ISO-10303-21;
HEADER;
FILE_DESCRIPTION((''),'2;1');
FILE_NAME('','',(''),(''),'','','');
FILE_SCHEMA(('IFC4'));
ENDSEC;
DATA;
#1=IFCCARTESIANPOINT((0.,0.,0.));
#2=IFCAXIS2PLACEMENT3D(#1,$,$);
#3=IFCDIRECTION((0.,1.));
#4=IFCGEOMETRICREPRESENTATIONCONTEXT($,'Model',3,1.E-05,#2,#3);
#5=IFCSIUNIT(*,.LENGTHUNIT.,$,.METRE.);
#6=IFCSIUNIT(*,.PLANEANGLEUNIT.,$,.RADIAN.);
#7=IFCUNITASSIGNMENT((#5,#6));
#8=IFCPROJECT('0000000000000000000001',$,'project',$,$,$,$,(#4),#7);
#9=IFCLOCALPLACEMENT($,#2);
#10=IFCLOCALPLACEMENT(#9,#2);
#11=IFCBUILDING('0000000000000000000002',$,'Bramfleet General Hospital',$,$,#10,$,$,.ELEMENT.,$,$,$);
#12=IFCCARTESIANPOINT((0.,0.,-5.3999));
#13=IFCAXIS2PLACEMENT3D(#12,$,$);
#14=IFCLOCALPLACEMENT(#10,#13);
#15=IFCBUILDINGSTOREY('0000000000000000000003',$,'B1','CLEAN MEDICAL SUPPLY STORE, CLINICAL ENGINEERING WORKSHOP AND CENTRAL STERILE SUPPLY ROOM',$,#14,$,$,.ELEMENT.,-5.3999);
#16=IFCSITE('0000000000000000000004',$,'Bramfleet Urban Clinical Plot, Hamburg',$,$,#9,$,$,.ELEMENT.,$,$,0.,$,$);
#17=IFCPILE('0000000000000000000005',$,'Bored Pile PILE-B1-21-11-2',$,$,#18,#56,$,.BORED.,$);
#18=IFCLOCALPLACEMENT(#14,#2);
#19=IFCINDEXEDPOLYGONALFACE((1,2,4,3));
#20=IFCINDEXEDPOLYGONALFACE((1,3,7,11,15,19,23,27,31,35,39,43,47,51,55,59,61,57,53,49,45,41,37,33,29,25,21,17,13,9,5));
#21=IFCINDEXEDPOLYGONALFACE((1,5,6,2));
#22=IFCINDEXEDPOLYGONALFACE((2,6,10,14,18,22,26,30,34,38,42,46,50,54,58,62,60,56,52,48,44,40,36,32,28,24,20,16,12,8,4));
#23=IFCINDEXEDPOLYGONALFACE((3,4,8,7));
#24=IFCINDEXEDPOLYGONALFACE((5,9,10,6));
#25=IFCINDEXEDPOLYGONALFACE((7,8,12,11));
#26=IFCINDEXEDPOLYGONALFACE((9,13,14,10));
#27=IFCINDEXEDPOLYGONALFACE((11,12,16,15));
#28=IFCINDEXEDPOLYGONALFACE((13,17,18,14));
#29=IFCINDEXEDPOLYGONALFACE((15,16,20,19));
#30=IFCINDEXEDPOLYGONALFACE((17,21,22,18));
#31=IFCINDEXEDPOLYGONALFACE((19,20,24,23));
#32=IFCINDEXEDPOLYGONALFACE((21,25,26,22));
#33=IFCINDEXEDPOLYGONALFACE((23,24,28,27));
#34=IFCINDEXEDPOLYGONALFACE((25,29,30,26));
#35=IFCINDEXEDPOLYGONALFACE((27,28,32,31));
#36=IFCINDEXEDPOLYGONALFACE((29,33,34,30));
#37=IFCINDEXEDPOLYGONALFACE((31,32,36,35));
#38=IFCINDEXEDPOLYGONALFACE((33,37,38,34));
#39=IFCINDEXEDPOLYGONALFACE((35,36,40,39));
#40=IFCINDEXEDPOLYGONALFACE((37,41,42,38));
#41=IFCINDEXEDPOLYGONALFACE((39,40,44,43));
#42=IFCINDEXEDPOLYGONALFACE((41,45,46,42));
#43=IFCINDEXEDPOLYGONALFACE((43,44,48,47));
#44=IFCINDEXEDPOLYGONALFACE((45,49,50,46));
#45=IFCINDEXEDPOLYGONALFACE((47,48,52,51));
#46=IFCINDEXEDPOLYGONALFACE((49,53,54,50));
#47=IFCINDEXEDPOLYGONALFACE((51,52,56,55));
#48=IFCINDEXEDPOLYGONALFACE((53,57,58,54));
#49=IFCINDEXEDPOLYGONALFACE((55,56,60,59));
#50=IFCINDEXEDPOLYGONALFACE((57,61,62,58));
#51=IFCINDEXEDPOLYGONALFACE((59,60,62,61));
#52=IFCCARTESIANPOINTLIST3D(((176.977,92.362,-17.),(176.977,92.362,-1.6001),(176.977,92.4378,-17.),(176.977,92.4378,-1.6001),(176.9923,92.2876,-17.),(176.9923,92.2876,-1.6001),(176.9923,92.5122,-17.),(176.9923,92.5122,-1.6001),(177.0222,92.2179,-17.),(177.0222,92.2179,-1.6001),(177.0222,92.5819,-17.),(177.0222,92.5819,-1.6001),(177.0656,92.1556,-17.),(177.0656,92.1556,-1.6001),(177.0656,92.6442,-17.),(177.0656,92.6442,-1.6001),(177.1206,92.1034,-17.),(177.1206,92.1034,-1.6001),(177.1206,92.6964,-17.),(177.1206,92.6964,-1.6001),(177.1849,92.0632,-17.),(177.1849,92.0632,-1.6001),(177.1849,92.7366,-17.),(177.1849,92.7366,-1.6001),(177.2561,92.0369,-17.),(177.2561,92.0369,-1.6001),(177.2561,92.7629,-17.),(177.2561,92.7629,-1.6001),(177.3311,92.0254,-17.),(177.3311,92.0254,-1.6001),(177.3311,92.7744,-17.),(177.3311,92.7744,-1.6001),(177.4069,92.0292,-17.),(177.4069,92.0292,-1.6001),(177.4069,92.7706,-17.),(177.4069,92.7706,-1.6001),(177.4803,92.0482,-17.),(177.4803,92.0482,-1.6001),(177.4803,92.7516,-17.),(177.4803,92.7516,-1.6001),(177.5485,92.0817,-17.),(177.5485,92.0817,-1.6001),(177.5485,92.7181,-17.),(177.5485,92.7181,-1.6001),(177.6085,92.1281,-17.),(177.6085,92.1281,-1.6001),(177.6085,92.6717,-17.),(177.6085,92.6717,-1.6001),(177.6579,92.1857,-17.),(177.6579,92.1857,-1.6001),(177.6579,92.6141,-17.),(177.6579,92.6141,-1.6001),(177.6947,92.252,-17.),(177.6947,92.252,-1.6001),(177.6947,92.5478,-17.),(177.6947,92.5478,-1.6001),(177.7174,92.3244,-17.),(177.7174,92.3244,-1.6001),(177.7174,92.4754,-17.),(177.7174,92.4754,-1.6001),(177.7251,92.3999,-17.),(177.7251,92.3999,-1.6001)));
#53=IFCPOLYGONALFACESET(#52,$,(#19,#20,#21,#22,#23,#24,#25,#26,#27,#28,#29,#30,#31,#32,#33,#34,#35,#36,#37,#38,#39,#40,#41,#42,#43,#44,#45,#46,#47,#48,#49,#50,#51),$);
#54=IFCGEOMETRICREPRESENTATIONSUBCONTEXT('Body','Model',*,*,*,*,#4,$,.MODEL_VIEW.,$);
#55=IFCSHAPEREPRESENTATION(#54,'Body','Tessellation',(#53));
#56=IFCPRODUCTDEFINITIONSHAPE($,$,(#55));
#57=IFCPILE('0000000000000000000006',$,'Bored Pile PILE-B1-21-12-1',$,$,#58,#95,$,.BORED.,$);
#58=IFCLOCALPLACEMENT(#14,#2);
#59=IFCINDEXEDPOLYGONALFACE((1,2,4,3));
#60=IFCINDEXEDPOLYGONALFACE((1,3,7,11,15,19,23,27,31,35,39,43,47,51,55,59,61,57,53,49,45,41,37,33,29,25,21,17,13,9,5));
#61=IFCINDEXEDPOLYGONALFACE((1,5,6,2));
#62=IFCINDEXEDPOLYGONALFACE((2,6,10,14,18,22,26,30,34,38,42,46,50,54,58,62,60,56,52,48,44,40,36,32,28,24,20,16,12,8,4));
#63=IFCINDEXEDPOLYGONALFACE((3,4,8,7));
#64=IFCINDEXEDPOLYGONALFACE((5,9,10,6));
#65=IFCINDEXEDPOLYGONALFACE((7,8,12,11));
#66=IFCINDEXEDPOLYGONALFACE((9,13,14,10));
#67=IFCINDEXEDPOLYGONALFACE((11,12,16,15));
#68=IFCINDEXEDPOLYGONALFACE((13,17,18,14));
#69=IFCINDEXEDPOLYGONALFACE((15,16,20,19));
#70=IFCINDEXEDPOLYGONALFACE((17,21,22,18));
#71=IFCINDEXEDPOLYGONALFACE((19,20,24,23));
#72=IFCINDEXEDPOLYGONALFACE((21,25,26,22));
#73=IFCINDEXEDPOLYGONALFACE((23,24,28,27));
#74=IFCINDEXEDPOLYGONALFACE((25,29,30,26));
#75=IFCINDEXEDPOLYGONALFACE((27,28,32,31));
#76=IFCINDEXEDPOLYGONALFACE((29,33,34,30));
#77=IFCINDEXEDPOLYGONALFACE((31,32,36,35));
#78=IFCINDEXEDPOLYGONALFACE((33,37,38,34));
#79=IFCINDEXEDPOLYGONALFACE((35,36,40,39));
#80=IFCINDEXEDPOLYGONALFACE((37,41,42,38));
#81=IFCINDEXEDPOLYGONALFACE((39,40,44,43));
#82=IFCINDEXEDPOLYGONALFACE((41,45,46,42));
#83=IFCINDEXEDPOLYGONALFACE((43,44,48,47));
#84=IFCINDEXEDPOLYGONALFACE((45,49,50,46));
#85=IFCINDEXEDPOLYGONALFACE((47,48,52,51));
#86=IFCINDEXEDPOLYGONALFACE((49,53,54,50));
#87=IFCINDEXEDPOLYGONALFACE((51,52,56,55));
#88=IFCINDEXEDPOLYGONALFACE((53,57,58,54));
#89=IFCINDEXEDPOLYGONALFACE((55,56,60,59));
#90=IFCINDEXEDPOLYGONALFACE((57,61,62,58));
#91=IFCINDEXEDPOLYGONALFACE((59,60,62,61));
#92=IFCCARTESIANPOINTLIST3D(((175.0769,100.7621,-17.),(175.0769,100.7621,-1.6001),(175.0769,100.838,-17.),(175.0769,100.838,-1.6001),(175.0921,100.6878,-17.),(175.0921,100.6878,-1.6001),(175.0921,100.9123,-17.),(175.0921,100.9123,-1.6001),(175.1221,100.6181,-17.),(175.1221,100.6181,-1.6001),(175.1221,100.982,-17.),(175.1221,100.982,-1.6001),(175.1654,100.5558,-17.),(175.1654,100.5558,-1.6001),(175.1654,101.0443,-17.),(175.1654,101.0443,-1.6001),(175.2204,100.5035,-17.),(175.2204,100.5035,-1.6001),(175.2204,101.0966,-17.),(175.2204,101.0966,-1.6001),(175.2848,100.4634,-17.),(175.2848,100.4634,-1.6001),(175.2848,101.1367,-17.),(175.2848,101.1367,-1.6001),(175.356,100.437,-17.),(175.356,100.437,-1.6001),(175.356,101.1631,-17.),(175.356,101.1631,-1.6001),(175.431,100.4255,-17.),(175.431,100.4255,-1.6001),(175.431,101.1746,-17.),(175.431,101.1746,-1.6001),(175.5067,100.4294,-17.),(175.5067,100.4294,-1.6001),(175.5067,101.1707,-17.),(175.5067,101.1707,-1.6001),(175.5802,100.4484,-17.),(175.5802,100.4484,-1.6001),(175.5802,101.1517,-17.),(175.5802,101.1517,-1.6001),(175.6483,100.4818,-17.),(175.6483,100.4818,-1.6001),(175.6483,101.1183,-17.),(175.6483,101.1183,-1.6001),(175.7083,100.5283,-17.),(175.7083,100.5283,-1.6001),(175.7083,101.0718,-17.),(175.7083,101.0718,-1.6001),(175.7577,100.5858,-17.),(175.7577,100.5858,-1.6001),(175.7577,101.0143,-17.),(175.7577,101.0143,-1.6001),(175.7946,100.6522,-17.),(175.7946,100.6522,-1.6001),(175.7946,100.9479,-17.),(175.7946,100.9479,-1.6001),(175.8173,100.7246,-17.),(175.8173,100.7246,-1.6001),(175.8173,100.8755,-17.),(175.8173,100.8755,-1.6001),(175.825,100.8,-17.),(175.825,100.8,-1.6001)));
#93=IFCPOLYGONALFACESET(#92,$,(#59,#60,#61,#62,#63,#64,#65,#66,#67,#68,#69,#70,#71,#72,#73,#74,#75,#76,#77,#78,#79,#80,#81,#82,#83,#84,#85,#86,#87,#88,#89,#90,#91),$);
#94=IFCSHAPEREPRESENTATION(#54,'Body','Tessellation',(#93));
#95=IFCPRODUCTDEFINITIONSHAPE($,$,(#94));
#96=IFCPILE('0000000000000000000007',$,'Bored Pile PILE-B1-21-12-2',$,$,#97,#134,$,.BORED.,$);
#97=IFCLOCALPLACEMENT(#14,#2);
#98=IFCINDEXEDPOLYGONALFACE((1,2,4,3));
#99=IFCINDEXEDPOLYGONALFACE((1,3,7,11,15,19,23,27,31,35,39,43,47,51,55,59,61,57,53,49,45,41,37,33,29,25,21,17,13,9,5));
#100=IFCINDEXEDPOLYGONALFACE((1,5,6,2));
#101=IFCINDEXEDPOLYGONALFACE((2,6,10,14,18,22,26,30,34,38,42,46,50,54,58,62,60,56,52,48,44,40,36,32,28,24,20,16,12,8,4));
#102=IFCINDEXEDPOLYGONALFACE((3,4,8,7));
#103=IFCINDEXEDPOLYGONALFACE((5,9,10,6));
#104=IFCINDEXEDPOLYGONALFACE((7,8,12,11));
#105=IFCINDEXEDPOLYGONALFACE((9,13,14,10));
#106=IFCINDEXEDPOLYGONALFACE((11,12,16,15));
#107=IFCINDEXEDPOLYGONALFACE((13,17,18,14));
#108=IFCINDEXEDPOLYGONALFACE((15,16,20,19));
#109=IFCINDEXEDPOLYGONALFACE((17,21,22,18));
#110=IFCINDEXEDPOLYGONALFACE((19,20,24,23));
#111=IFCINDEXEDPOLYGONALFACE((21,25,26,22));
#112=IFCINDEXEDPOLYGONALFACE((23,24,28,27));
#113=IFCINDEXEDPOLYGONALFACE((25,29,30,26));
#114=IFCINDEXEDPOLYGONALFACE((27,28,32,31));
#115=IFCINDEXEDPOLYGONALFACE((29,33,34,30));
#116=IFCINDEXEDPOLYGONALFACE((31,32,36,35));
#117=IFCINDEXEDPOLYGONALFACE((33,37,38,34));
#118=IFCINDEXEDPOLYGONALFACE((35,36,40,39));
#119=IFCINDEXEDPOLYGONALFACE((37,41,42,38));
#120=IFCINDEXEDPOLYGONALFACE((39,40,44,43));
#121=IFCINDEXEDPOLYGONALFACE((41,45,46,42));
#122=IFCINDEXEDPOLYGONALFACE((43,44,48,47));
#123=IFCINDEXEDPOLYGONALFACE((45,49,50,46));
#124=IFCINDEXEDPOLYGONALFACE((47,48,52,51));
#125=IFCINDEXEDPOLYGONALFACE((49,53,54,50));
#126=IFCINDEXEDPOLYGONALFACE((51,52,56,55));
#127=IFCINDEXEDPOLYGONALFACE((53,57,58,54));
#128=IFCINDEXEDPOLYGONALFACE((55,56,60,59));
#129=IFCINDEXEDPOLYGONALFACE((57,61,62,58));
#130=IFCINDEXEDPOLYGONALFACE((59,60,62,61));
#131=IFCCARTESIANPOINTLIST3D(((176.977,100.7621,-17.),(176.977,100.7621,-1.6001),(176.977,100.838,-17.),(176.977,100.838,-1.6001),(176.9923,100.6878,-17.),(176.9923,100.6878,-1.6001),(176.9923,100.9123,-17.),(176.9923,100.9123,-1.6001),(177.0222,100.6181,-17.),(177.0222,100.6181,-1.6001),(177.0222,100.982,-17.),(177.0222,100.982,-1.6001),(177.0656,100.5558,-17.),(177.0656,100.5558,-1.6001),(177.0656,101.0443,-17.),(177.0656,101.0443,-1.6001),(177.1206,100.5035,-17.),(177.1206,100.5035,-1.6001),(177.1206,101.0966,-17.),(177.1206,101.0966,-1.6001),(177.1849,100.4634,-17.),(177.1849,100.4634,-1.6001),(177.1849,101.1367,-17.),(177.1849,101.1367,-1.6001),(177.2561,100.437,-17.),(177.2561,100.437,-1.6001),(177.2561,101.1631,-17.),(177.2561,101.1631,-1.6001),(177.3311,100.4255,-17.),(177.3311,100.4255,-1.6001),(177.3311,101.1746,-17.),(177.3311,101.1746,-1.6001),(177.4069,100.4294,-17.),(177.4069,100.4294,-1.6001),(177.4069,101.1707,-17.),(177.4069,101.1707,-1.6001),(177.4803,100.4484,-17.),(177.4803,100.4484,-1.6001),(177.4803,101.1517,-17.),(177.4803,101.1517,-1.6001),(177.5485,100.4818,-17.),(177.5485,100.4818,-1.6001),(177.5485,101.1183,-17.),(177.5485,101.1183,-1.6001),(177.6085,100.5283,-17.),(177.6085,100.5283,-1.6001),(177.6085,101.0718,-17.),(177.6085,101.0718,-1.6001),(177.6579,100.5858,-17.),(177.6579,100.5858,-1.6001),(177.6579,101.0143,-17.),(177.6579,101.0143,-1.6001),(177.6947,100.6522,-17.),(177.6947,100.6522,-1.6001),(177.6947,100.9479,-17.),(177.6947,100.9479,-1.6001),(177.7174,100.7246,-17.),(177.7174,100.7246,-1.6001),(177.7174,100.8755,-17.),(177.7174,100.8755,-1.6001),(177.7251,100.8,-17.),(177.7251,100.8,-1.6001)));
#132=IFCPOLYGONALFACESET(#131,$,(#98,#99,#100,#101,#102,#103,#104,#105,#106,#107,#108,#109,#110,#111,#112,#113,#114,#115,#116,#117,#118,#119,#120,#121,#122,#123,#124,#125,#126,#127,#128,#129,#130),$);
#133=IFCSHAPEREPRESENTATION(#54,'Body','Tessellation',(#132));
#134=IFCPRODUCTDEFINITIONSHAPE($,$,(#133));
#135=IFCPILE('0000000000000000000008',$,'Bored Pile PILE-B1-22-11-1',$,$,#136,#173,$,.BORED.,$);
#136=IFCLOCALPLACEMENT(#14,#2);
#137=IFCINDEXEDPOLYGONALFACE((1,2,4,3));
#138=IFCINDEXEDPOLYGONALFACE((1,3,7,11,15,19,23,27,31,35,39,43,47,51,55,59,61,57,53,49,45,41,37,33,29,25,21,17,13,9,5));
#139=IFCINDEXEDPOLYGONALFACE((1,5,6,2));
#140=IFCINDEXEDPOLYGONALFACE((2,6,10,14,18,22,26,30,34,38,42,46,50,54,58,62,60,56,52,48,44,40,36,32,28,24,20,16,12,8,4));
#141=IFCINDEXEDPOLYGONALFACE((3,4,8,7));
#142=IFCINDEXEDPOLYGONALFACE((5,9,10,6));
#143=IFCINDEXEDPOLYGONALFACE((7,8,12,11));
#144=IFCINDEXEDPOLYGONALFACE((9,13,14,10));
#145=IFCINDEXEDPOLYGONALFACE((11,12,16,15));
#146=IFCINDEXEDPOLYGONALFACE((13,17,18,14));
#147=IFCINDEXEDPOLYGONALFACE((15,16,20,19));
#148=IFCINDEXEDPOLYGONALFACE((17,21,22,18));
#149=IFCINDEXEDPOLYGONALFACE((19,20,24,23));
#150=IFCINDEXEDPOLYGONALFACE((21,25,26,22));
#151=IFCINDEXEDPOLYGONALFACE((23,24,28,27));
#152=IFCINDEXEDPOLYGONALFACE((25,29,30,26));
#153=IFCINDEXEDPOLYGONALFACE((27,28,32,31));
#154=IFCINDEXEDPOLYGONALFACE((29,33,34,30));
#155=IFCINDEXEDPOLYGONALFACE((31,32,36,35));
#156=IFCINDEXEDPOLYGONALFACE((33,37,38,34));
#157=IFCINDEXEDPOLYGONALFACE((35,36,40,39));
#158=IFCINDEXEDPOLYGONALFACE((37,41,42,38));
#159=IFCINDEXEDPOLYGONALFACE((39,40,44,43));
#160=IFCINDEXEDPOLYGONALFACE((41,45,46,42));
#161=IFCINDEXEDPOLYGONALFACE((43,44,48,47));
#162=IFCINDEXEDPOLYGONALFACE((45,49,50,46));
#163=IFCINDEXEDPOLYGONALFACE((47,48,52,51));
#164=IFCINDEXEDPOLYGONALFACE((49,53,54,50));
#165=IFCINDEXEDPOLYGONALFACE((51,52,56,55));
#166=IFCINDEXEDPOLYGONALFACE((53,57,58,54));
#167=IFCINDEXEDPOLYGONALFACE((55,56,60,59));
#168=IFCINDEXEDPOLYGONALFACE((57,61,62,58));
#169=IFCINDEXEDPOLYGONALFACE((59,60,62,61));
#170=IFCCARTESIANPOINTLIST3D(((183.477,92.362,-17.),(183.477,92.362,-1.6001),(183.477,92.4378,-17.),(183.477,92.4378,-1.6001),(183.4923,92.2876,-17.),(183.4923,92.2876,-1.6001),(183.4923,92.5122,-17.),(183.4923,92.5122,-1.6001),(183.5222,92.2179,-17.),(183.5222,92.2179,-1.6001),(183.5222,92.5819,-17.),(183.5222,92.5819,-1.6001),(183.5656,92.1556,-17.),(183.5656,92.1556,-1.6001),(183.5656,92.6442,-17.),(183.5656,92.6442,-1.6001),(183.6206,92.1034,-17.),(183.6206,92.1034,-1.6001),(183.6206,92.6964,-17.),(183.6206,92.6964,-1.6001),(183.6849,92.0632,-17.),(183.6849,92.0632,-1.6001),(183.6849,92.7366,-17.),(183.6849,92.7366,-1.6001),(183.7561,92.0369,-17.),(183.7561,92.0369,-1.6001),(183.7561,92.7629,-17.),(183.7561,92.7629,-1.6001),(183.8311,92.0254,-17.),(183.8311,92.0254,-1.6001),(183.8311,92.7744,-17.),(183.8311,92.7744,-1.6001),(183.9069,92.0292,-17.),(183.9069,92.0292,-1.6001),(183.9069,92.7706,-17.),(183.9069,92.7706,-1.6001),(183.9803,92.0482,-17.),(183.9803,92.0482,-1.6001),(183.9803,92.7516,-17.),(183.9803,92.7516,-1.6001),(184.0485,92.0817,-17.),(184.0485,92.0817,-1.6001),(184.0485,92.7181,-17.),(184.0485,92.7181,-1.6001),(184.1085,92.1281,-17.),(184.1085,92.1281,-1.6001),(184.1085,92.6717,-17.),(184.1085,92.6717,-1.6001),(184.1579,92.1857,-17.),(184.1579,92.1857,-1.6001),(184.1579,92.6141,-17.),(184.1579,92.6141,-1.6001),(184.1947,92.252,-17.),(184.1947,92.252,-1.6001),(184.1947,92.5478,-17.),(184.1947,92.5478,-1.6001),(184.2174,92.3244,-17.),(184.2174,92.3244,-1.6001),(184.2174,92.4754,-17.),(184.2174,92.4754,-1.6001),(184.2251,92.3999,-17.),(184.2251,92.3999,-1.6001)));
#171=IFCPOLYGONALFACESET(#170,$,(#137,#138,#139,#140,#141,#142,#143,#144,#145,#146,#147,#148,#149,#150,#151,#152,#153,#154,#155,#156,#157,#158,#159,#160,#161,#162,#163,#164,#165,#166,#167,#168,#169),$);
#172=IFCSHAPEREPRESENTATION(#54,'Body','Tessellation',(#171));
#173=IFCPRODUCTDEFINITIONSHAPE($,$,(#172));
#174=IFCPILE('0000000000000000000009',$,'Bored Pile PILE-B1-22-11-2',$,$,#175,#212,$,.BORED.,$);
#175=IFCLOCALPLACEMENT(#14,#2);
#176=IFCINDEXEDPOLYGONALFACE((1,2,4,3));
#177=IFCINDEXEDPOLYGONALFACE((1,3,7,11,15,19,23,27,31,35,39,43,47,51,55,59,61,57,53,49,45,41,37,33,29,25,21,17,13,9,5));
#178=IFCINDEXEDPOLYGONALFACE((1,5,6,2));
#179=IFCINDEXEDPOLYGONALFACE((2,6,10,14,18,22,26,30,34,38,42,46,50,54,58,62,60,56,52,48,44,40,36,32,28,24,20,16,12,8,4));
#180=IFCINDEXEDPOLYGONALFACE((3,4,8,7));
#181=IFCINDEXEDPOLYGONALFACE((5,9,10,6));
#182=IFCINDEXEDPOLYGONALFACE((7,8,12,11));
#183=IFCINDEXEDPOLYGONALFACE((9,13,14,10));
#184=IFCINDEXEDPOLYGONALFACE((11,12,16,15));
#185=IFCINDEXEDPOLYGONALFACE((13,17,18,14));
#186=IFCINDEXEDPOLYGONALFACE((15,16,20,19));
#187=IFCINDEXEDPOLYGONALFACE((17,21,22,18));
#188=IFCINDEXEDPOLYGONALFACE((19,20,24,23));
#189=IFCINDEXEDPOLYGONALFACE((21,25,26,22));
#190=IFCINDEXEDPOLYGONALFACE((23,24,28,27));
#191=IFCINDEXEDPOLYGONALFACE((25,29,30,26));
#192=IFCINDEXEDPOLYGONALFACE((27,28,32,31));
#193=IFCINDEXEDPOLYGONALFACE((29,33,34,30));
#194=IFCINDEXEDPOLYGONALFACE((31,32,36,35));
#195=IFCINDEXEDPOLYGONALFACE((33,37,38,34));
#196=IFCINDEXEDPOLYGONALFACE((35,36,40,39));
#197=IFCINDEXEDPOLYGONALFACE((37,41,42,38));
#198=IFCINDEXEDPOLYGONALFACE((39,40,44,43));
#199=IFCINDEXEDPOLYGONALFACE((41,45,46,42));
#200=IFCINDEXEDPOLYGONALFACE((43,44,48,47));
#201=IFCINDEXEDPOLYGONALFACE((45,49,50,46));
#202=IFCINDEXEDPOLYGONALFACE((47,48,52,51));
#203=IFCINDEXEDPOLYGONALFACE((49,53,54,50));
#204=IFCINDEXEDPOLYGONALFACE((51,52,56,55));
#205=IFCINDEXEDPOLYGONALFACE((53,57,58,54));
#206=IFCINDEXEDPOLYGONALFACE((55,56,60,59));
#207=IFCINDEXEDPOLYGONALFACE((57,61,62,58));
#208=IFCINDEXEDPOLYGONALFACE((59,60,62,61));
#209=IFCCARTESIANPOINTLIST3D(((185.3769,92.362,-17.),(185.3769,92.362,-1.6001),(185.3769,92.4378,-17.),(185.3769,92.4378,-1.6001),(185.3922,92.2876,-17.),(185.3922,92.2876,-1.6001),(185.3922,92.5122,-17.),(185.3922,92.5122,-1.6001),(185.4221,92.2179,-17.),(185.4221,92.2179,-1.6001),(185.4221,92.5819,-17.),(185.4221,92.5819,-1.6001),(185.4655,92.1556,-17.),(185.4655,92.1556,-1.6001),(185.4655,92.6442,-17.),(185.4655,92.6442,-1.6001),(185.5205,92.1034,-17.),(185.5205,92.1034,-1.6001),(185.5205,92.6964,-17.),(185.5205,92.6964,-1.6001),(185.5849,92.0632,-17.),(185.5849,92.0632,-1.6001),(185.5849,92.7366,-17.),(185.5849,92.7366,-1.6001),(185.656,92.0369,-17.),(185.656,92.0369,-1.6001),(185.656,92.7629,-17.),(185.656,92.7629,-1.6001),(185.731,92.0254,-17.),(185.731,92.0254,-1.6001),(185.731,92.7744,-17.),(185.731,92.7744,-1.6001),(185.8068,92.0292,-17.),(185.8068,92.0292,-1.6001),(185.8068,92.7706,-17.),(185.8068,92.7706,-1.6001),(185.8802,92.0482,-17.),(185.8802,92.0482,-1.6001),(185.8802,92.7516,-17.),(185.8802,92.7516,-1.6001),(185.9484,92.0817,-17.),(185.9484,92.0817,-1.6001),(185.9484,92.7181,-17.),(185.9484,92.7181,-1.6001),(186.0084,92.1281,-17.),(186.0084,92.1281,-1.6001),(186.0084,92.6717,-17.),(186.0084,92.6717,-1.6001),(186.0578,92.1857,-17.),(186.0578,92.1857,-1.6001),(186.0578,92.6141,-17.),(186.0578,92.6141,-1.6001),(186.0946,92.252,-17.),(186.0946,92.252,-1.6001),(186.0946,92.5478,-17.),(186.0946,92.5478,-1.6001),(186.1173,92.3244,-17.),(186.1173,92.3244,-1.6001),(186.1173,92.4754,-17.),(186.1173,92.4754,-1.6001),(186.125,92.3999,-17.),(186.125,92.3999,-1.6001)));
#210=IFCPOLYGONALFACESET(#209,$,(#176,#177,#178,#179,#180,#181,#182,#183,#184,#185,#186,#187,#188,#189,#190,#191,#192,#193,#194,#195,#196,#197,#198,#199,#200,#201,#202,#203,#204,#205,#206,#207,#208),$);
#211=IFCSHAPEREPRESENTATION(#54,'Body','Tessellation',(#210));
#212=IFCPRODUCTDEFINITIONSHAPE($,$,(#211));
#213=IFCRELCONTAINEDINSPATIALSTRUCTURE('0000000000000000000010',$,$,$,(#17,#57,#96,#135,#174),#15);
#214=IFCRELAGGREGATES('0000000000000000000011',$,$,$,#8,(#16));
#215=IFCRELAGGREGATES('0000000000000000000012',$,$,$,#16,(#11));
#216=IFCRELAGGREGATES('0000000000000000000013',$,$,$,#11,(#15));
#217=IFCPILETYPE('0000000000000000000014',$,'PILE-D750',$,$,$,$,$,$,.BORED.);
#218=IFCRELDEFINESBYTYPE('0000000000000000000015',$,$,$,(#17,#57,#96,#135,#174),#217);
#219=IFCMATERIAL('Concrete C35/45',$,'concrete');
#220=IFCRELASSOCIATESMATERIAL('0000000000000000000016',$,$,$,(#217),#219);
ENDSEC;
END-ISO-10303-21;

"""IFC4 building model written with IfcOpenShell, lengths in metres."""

from ifc_helpers import new_model, si_unit, direction, frame, origin, origin_2d, place, context, subcontext, project, spatial, circle, extrude, material, material_profile, profile_set, type_object, element, save


model = new_model("IFC4")

# Units and contexts
model_context = context("Model", 3, precision=1e-05, world=origin(), true_north=direction((0.0, 1.0)))
body_context = subcontext(model_context, "Body", "Model", "MODEL_VIEW")
ifc_project = project(units=[si_unit("LENGTHUNIT", "METRE"), si_unit("PLANEANGLEUNIT", "RADIAN")], contexts=[model_context])

# Site, building, storey
site_placement = place(None, origin())
site = spatial("IfcSite", under=ifc_project, at=site_placement, Name="Bramfleet Urban Clinical Plot, Hamburg", CompositionType="ELEMENT", RefElevation=0.0)
building_placement = place(site_placement, origin())
building = spatial("IfcBuilding", under=site, at=building_placement, Name="Bramfleet General Hospital", CompositionType="ELEMENT")
storey_placement = place(building_placement, frame((0.0, 0.0, -5.3999)))
storey = spatial("IfcBuildingStorey", under=building, at=storey_placement, Name="B1", Description="CLEAN MEDICAL SUPPLY STORE, CLINICAL ENGINEERING WORKSHOP AND CENTRAL STERILE SUPPLY ROOM", CompositionType="ELEMENT", Elevation=-5.3999)

# Shared definitions
ifc_material_1 = material(Name="Concrete C35/45", Category="concrete")

# Piles
ifc_material_profile_1 = material_profile(ifc_material_1, circle(Radius=0.375, at=origin_2d()), Name="PILE BORED D750")
ifc_profile_set_1 = profile_set([ifc_material_profile_1], Name="Concrete C35/45")
pile_type = type_object("IfcPileType", Name="PILE-D750", PredefinedType="BORED", material=ifc_profile_set_1)
for number, where, z_axis, x_axis, name in (
    (1, (177.3501, 92.3999, -1.6001), (0.0, 0.0, -1.0), (1.0, 0.0, 0.0), "Bored Pile PILE-B1-21-11-2"),
    (2, (175.45, 100.8, -1.6001), (0.0, 0.0, -1.0), (1.0, 0.0, 0.0), "Bored Pile PILE-B1-21-12-1"),
    (3, (177.3501, 100.8, -1.6001), (0.0, 0.0, -1.0), (1.0, 0.0, 0.0), "Bored Pile PILE-B1-21-12-2"),
    (4, (183.8501, 92.3999, -1.6001), (0.0, 0.0, -1.0), (1.0, 0.0, 0.0), "Bored Pile PILE-B1-22-11-1"),
    (5, (185.75, 92.3999, -1.6001), (0.0, 0.0, -1.0), (1.0, 0.0, 0.0), "Bored Pile PILE-B1-22-11-2"),
):
    element("IfcPile", number, at=place(storey_placement, frame(where, z_axis=z_axis, x_axis=x_axis)), inside=storey, type_object=pile_type, Name=name, PredefinedType="BORED", context=body_context, shape_type="SweptSolid", body=[
        extrude(circle(Radius=0.375, at=origin_2d()), origin(), (0.0, 0.0, 1.0), 15.3999),
    ])

save(model, "model.ifc")
